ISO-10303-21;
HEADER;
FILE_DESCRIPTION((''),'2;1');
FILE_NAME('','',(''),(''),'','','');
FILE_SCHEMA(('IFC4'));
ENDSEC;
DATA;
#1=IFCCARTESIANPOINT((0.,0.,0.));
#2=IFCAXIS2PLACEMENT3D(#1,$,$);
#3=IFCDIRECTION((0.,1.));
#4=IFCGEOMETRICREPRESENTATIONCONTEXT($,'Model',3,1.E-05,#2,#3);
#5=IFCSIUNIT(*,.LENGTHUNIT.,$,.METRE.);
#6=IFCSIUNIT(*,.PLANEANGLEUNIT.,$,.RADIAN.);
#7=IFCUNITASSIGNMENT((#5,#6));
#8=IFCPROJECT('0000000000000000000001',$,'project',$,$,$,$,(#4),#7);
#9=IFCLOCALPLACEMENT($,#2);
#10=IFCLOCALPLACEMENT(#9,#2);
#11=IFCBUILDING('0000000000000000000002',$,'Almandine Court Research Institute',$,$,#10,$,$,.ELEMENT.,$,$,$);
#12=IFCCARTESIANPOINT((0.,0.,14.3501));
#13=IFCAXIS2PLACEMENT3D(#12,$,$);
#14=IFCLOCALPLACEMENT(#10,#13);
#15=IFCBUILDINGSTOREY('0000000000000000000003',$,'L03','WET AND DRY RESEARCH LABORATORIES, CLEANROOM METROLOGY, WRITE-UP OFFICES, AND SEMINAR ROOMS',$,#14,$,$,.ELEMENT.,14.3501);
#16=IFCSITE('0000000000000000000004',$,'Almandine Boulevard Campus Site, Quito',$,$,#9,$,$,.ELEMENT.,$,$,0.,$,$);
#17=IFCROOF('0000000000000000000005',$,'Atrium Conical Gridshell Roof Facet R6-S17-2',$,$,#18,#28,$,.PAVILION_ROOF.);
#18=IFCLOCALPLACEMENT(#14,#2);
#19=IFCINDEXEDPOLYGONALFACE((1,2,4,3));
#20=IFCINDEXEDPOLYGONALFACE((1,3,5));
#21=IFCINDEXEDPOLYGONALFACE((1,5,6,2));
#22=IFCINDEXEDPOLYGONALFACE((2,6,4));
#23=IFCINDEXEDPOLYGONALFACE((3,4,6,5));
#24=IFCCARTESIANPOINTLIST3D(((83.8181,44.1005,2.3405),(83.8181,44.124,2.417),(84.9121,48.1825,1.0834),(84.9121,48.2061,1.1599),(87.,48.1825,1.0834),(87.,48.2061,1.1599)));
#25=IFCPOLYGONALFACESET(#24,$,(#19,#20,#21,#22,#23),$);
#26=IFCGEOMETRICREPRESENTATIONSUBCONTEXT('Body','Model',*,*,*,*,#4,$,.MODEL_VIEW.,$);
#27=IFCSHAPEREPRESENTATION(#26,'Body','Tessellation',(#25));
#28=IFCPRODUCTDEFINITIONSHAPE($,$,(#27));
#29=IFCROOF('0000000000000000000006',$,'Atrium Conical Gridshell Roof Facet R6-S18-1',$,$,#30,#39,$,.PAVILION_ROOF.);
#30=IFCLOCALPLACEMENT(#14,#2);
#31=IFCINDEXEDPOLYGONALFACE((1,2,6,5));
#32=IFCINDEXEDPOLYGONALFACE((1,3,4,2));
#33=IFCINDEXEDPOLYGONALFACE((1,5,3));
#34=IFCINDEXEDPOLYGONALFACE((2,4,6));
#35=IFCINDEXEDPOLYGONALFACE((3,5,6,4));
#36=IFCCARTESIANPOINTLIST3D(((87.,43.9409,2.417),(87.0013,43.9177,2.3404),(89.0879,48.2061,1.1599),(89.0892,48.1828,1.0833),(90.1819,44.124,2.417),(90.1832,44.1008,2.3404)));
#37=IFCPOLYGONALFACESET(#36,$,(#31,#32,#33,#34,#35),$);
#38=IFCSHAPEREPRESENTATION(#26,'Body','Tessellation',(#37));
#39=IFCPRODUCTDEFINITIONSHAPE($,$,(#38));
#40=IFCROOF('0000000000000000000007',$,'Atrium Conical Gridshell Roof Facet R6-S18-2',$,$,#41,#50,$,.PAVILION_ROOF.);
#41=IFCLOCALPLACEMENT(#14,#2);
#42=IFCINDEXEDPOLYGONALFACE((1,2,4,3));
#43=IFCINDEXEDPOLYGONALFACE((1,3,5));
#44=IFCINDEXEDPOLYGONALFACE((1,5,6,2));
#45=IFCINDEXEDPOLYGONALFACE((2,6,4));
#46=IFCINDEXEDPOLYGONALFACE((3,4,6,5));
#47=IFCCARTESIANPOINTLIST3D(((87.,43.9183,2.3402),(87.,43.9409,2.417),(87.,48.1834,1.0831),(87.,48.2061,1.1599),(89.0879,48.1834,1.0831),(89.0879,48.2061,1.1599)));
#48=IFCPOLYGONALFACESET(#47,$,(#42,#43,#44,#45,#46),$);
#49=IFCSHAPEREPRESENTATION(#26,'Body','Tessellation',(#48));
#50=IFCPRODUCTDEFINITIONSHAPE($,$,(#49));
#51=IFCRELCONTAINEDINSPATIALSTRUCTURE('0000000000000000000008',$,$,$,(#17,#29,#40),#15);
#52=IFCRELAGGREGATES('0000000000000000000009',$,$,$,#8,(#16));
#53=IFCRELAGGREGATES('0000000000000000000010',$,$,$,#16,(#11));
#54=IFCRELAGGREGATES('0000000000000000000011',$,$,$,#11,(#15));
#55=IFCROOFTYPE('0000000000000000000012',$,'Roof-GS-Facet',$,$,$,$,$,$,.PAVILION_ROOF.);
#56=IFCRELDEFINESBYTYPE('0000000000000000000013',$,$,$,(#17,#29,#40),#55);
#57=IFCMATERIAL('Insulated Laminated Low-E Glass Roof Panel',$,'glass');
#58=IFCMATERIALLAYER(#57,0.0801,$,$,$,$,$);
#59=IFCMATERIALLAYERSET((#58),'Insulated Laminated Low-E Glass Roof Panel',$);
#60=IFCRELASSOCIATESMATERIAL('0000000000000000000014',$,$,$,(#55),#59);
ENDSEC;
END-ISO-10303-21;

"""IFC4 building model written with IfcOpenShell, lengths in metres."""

from ifc_helpers import new_model, si_unit, direction, frame, origin, place, context, subcontext, project, spatial, polyline, outline, extrude, material, layer, layer_set, type_object, element, save


model = new_model("IFC4")

# Units and contexts
model_context = context("Model", 3, precision=1e-05, world=origin(), true_north=direction((0.0, 1.0)))
body_context = subcontext(model_context, "Body", "Model", "MODEL_VIEW")
ifc_project = project(units=[si_unit("LENGTHUNIT", "METRE"), si_unit("PLANEANGLEUNIT", "RADIAN")], contexts=[model_context])

# Site, building, storey
site_placement = place(None, origin())
site = spatial("IfcSite", under=ifc_project, at=site_placement, Name="Almandine Boulevard Campus Site, Quito", CompositionType="ELEMENT", RefElevation=0.0)
building_placement = place(site_placement, origin())
building = spatial("IfcBuilding", under=site, at=building_placement, Name="Almandine Court Research Institute", CompositionType="ELEMENT")
storey_placement = place(building_placement, frame((0.0, 0.0, 14.3501)))
storey = spatial("IfcBuildingStorey", under=building, at=storey_placement, Name="L03", Description="WET AND DRY RESEARCH LABORATORIES, CLEANROOM METROLOGY, WRITE-UP OFFICES, AND SEMINAR ROOMS", CompositionType="ELEMENT", Elevation=14.3501)

# Roofs
ifc_material_1 = material(Name="Insulated Laminated Low-E Glass Roof Panel", Category="glass")
ifc_layer_1 = layer(ifc_material_1, 0.0801)
ifc_layer_set_1 = layer_set([ifc_layer_1], Name="Insulated Laminated Low-E Glass Roof Panel")
roof_type = type_object("IfcRoofType", Name="Roof-GS-Facet", PredefinedType="PAVILION_ROOF", material=ifc_layer_set_1)
roof_1_placement = place(storey_placement, frame((83.8181, 44.124, 2.417), z_axis=(0.0, 0.294315, 0.955709), x_axis=(0.597411, 0.766417, -0.236021)))
element("IfcRoof", 1, at=roof_1_placement, inside=storey, type_object=roof_type, Name="Atrium Conical Gridshell Roof Facet R6-S17-2", PredefinedType="PAVILION_ROOF", context=body_context, shape_type="SweptSolid", body=[
    extrude(outline(polyline([(0.0, 0.0), (5.3261, 0.0), (4.0788, 1.6744), (0.0, 0.0)])), origin(), (0.0, 0.0, -1.0), 0.0801),
])
roof_2_placement = place(storey_placement, frame((87.0, 43.9409, 2.417), z_axis=(-0.016699, 0.290183, 0.956825), x_axis=(0.998348, 0.057451, 0.0)))
element("IfcRoof", 2, at=roof_2_placement, inside=storey, type_object=roof_type, Name="Atrium Conical Gridshell Roof Facet R6-S18-1", PredefinedType="PAVILION_ROOF", context=body_context, shape_type="SweptSolid", body=[
    extrude(outline(polyline([(0.0, 0.0), (3.1871, 0.0), (2.3295, 4.3249), (0.0, 0.0)])), origin(), (0.0, 0.0, -1.0), 0.0801),
])
roof_3_placement = place(storey_placement, frame((87.0, 43.9409, 2.417), z_axis=(0.0, 0.28271, 0.959205), x_axis=(0.425031, 0.868252, -0.255903)))
element("IfcRoof", 3, at=roof_3_placement, inside=storey, type_object=roof_type, Name="Atrium Conical Gridshell Roof Facet R6-S18-2", PredefinedType="PAVILION_ROOF", context=body_context, shape_type="SweptSolid", body=[
    extrude(outline(polyline([(0.0, 0.0), (4.9123, 0.0), (4.0249, 1.8899), (0.0, 0.0)])), origin(), (0.0, 0.0, -1.0), 0.0801),
])

save(model, "model.ifc")
